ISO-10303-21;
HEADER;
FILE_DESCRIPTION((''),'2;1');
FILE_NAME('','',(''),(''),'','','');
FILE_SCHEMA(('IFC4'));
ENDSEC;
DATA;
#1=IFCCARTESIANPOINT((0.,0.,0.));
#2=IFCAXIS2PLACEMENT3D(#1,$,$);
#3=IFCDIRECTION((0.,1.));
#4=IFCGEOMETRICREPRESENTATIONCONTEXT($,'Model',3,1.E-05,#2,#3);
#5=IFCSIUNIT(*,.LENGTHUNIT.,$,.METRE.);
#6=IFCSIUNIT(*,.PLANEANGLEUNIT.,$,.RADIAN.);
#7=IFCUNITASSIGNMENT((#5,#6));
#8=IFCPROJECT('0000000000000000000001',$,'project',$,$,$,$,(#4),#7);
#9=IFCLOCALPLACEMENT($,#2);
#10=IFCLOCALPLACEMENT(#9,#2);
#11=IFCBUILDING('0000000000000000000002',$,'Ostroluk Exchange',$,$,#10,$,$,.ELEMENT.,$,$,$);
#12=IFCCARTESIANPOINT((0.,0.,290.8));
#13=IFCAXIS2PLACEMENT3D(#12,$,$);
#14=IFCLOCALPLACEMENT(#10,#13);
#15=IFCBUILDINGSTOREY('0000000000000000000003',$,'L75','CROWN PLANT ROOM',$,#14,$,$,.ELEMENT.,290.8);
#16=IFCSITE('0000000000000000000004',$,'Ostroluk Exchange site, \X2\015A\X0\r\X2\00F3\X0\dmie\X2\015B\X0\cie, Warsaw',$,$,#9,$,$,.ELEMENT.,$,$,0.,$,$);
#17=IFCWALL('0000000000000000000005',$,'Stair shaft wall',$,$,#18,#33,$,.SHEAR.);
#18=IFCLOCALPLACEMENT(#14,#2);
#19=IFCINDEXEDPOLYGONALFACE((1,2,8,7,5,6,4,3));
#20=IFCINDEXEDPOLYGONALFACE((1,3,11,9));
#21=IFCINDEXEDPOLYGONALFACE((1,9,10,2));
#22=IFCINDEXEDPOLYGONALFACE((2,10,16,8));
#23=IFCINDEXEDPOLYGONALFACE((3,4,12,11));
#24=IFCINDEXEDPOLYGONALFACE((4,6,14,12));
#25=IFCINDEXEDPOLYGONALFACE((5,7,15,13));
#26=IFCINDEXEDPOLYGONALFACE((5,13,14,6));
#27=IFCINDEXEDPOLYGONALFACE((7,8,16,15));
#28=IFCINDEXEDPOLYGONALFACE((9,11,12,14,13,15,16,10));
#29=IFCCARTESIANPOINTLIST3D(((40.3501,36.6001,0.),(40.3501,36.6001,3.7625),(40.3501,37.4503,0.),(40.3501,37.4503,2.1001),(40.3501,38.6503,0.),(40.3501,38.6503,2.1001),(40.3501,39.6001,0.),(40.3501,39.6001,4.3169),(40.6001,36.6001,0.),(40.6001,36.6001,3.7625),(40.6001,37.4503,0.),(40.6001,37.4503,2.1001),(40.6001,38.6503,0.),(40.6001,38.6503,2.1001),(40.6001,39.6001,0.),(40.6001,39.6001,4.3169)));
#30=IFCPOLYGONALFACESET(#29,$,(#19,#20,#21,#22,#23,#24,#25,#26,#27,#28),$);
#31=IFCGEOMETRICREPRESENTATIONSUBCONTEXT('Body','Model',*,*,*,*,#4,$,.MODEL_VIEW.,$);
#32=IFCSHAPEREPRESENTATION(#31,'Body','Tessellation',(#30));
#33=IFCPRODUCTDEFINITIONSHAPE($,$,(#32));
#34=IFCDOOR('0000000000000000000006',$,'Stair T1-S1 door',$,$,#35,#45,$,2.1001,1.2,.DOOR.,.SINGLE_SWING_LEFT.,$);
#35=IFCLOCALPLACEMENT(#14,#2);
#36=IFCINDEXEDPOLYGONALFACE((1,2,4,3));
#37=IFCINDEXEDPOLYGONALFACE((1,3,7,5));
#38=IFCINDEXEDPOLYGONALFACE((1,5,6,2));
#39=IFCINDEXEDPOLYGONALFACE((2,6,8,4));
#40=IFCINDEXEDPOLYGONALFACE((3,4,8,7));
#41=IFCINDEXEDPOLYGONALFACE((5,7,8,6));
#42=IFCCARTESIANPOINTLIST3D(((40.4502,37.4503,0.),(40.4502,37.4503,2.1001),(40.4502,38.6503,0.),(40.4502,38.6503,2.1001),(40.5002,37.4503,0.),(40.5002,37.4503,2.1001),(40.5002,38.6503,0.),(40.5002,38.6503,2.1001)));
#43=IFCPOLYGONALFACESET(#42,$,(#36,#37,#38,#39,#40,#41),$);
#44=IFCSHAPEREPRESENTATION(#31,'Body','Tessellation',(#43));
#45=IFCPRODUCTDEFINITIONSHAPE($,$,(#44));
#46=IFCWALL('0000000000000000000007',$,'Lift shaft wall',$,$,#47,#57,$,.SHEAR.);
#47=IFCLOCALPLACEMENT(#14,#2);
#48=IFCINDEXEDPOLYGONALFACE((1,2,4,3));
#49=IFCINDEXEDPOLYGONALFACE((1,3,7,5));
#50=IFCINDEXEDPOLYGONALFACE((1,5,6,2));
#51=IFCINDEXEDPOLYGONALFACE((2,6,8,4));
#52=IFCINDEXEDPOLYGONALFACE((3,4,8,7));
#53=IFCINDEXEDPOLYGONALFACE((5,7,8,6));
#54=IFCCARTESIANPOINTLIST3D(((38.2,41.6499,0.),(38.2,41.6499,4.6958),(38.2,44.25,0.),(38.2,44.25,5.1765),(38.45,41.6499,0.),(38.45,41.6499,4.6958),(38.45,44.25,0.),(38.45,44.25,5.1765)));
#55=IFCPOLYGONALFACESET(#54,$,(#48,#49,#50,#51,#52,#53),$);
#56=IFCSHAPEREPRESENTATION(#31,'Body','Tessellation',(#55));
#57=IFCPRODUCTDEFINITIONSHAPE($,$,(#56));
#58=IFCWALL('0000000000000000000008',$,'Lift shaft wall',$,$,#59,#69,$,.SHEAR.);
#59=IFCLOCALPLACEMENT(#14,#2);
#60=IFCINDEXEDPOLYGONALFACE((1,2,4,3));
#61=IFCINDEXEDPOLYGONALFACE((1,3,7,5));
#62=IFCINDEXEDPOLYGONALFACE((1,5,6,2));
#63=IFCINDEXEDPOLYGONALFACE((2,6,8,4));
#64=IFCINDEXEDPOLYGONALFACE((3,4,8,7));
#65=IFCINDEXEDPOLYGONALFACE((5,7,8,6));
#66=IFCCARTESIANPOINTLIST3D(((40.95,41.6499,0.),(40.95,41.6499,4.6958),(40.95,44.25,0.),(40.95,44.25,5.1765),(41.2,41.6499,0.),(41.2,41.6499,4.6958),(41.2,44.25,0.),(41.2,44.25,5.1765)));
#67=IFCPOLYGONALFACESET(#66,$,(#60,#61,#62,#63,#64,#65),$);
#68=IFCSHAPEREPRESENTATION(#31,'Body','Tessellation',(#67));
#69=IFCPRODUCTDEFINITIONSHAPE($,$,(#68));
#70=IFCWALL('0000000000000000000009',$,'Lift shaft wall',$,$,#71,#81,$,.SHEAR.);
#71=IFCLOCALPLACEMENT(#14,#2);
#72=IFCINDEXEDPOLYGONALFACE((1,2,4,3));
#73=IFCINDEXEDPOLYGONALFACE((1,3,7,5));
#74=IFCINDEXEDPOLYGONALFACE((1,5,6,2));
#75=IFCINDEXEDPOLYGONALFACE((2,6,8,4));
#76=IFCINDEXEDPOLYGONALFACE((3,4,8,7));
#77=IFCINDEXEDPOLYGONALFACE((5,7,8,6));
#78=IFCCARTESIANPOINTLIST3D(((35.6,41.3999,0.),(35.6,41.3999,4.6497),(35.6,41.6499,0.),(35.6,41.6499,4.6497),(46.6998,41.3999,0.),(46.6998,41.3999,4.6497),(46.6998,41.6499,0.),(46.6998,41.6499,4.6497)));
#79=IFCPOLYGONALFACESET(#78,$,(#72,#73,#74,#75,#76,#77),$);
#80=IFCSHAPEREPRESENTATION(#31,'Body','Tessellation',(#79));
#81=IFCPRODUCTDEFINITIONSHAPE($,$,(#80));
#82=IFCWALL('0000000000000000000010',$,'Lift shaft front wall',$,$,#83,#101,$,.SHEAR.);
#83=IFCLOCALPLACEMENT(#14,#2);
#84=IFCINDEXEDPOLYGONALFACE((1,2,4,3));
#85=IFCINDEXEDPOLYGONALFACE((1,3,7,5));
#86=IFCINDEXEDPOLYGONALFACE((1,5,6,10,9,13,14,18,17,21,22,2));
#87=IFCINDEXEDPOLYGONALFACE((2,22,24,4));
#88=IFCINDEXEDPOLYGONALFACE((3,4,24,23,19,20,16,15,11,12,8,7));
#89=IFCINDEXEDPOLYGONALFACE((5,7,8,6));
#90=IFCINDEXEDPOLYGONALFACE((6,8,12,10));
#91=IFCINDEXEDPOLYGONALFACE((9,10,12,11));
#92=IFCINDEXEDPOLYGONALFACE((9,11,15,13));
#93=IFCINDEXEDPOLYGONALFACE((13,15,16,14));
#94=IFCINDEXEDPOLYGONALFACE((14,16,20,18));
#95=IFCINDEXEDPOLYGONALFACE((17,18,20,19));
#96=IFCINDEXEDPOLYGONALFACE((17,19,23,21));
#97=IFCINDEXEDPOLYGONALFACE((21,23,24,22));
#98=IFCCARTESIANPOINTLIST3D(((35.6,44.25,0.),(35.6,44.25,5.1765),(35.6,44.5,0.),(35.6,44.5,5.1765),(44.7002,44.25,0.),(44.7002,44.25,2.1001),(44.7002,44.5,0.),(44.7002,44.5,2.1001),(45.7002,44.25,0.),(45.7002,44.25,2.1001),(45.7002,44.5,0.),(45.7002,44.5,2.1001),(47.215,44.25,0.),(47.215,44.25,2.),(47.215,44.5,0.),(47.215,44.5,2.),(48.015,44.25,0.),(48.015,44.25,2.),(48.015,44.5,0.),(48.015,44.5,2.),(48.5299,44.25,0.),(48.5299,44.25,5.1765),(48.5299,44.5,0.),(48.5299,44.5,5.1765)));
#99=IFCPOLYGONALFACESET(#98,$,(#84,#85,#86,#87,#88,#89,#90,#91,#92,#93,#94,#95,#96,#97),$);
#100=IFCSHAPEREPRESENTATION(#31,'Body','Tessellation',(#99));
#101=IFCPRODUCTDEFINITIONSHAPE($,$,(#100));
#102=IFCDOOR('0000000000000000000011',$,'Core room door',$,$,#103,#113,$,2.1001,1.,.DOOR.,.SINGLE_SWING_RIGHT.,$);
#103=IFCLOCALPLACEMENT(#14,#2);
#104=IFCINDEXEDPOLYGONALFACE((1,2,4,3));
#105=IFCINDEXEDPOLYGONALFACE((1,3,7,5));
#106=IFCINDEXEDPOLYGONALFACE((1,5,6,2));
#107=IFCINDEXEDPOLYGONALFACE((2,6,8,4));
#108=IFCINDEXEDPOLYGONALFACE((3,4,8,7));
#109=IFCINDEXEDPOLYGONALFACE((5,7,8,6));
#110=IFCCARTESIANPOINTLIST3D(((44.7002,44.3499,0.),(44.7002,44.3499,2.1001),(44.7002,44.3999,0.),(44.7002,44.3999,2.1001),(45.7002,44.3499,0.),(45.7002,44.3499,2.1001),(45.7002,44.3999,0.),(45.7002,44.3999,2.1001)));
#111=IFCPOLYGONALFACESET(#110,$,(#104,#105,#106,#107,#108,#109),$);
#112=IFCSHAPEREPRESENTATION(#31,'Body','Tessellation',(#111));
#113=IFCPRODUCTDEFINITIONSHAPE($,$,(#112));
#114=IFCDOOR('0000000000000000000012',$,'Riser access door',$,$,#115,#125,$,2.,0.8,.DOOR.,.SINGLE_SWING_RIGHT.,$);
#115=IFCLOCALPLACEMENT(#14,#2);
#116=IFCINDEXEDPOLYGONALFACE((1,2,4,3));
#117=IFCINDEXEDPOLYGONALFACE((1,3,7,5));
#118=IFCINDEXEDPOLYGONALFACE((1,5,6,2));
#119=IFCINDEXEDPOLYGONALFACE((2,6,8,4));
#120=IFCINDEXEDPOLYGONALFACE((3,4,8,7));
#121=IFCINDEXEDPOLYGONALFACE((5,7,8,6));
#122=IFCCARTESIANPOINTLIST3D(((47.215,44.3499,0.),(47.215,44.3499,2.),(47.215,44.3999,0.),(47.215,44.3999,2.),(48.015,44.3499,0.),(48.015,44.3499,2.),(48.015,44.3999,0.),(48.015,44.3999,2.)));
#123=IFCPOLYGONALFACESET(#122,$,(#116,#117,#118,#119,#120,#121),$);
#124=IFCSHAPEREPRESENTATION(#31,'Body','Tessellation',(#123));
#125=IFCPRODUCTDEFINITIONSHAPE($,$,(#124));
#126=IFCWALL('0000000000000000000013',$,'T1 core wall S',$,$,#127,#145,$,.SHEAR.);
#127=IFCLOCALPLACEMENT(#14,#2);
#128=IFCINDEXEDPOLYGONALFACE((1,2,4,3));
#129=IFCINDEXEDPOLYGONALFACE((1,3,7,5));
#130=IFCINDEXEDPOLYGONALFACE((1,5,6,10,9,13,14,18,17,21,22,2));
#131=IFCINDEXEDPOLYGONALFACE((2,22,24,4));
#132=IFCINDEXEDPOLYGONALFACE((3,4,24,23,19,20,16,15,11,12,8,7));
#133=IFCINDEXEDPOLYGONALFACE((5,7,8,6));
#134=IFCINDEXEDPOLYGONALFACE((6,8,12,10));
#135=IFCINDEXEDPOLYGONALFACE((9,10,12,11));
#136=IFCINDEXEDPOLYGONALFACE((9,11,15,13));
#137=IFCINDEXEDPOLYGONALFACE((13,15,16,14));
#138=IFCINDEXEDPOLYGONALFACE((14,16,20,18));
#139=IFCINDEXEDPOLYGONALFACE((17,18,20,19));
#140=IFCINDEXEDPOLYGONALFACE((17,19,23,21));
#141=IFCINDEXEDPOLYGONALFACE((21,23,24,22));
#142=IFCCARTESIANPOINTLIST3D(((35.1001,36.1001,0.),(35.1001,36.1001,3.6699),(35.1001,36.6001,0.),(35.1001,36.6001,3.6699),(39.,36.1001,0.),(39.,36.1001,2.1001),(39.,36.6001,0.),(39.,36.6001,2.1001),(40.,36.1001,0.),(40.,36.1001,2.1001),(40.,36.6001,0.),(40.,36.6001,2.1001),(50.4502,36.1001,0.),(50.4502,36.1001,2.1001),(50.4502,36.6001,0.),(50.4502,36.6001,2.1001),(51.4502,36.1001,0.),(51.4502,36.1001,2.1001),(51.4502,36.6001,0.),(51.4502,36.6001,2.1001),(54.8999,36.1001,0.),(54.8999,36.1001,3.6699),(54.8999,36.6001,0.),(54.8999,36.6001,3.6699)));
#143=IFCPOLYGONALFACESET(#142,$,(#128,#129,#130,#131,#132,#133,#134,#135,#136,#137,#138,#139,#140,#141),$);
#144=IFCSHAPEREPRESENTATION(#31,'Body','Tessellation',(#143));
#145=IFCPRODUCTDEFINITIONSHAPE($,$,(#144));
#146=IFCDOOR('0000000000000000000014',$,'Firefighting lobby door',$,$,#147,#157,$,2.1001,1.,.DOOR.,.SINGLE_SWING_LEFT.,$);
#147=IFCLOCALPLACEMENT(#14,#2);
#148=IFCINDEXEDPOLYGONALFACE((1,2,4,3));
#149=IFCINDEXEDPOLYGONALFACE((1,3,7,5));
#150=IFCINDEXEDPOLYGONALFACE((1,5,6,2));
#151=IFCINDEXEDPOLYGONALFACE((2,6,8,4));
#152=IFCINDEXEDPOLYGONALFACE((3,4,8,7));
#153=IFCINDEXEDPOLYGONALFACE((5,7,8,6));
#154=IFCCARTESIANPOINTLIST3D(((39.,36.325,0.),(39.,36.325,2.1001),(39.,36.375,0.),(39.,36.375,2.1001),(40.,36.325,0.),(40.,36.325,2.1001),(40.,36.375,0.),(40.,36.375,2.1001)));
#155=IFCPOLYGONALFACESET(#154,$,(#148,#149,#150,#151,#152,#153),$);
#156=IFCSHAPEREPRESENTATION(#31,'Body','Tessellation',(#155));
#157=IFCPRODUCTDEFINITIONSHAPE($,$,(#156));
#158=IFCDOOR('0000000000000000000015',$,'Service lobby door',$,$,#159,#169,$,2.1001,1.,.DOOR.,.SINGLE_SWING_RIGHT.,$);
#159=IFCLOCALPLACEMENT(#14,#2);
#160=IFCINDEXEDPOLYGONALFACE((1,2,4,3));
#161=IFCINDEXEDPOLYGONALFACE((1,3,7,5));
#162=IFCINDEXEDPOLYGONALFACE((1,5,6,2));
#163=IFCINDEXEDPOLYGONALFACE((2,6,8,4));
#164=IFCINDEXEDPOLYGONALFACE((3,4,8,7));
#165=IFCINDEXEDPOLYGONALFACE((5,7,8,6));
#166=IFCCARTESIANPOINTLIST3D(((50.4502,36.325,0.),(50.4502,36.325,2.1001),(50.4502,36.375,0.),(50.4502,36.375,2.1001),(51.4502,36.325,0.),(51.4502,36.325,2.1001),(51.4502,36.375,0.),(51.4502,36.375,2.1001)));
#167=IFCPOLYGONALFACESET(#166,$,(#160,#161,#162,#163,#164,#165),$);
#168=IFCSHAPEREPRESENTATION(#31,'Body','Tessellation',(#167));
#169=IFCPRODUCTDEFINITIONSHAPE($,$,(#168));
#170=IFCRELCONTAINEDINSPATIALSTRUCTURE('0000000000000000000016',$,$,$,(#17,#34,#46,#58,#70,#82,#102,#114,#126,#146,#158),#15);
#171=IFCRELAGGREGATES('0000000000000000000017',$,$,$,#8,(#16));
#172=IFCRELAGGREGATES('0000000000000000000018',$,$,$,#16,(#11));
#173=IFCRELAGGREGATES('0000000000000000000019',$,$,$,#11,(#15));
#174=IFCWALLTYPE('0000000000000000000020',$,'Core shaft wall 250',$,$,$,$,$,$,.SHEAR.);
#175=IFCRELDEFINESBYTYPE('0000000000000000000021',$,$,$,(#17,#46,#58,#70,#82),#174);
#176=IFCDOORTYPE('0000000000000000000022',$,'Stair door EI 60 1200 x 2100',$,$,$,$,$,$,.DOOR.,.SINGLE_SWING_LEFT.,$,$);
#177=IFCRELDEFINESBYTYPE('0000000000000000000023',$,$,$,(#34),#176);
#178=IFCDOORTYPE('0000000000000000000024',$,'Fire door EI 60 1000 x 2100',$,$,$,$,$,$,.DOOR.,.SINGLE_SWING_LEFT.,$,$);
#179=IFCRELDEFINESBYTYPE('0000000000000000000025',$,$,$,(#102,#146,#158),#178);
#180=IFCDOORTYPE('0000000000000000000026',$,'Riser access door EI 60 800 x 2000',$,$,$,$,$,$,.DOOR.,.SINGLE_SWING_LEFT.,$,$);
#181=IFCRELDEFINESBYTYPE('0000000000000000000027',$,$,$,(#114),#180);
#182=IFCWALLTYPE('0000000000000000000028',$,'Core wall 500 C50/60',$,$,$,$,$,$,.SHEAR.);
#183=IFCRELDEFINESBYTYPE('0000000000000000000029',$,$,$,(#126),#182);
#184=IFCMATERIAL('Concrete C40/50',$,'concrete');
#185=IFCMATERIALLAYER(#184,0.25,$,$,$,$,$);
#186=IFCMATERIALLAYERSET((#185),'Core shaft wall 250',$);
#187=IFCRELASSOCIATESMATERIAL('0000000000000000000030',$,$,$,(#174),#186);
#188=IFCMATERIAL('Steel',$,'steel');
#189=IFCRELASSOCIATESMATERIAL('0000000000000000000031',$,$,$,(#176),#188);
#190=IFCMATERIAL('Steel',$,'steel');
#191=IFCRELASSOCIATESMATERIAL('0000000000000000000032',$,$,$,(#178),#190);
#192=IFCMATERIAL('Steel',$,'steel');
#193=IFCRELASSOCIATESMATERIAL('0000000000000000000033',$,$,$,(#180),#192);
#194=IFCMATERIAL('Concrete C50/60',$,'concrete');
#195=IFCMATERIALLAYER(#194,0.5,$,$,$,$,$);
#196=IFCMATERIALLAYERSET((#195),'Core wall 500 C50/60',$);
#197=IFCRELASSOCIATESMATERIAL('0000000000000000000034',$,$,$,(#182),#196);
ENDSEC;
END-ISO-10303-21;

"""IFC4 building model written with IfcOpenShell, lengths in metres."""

from ifc_helpers import new_model, si_unit, direction, frame, frame_2d, origin, place, context, subcontext, project, spatial, polyline, rectangle, outline, extrude, material, layer, layer_set, type_object, element, fill, save


model = new_model("IFC4")

# Units and contexts
model_context = context("Model", 3, precision=1e-05, world=origin(), true_north=direction((0.0, 1.0)))
body_context = subcontext(model_context, "Body", "Model", "MODEL_VIEW")
ifc_project = project(units=[si_unit("LENGTHUNIT", "METRE"), si_unit("PLANEANGLEUNIT", "RADIAN")], contexts=[model_context])

# Site, building, storey
site_placement = place(None, origin())
site = spatial("IfcSite", under=ifc_project, at=site_placement, Name="Ostroluk Exchange site, Śródmieście, Warsaw", CompositionType="ELEMENT", RefElevation=0.0)
building_placement = place(site_placement, origin())
building = spatial("IfcBuilding", under=site, at=building_placement, Name="Ostroluk Exchange", CompositionType="ELEMENT")
storey_placement = place(building_placement, frame((0.0, 0.0, 290.8)))
storey = spatial("IfcBuildingStorey", under=building, at=storey_placement, Name="L75", Description="CROWN PLANT ROOM", CompositionType="ELEMENT", Elevation=290.8)

# Shared definitions
ifc_material_1 = material(Name="Concrete C40/50", Category="concrete")
ifc_layer_1 = layer(ifc_material_1, 0.25)
ifc_layer_set_1 = layer_set([ifc_layer_1], Name="Core shaft wall 250")
wall_type_1 = type_object("IfcWallType", Name="Core shaft wall 250", PredefinedType="SHEAR", material=ifc_layer_set_1)

# Wall, opening, door
wall_1_placement = place(storey_placement, frame((40.4751, 36.6001, 0.0), z_axis=(0.0, 0.0, 1.0), x_axis=(0.0, 1.0, 0.0)))
wall_1 = element("IfcWall", 1, at=wall_1_placement, inside=storey, type_object=wall_type_1, Name="Stair shaft wall", PredefinedType="SHEAR", context=body_context, shape_type="SweptSolid", body=[
    extrude(outline(polyline([(0.0, 0.0), (3.0, 0.0), (3.0, 4.3169), (0.0, 3.7625), (0.0, 0.0)])), frame((0.0, 0.125, 0.0), z_axis=(0.0, -1.0, 0.0), x_axis=(1.0, 0.0, 0.0)), (0.0, 0.0, 1.0), 0.25),
])
opening_1_placement = place(wall_1_placement, frame((0.8501, 0.0, 0.0)))
opening_1 = element("IfcOpeningElement", 2, at=opening_1_placement, cuts=wall_1, PredefinedType="OPENING", context=body_context, shape_type="SweptSolid", body=[
    extrude(rectangle(XDim=1.2, YDim=2.1001, at=frame_2d((0.6001, 1.05))), frame((0.0, 0.135, 0.0), z_axis=(0.0, -1.0, 0.0), x_axis=(1.0, 0.0, 0.0)), (0.0, 0.0, 1.0), 0.27),
])
ifc_material_2 = material(Name="Steel", Category="steel")
door_type_1 = type_object("IfcDoorType", Name="Stair door EI 60 1200 x 2100", OperationType="SINGLE_SWING_LEFT", PredefinedType="DOOR", material=ifc_material_2)
door_1_placement = place(opening_1_placement, origin())
door_1 = element("IfcDoor", 3, at=door_1_placement, inside=storey, type_object=door_type_1, Name="Stair T1-S1 door", OperationType="SINGLE_SWING_LEFT", OverallHeight=2.1001, OverallWidth=1.2, PredefinedType="DOOR", context=body_context, shape_type="SweptSolid", body=[
    extrude(rectangle(XDim=1.2, YDim=2.1001, at=frame_2d((0.6001, 1.05))), frame((0.0, 0.0249, 0.0), z_axis=(0.0, -1.0, 0.0), x_axis=(1.0, 0.0, 0.0)), (0.0, 0.0, 1.0), 0.05),
])
fill(opening_1, door_1)

# Walls
for number, where, z_axis, x_axis, name in (
    (4, (38.325, 44.25, 0.0), (0.0, 0.0, 1.0), (0.0, -1.0, 0.0), "Lift shaft wall"),
    (5, (41.075, 44.25, 0.0), (0.0, 0.0, 1.0), (0.0, -1.0, 0.0), "Lift shaft wall"),
):
    element("IfcWall", number, at=place(storey_placement, frame(where, z_axis=z_axis, x_axis=x_axis)), inside=storey, type_object=wall_type_1, Name=name, PredefinedType="SHEAR", context=body_context, shape_type="SweptSolid", body=[
        extrude(outline(polyline([(0.0, 0.0), (2.6001, 0.0), (2.6001, 4.6958), (0.0, 5.1765), (0.0, 0.0)])), frame((0.0, 0.125, 0.0), z_axis=(0.0, -1.0, 0.0), x_axis=(1.0, 0.0, 0.0)), (0.0, 0.0, 1.0), 0.25),
    ])
wall_2_placement = place(storey_placement, frame((35.6001, 41.5249, 0.0), z_axis=(0.0, 0.0, 1.0), x_axis=(1.0, 0.0, 0.0)))
element("IfcWall", 6, at=wall_2_placement, inside=storey, type_object=wall_type_1, Name="Lift shaft wall", PredefinedType="SHEAR", context=body_context, shape_type="SweptSolid", body=[
    extrude(rectangle(XDim=11.0999, YDim=0.25, at=frame_2d((5.5498, 0.0))), origin(), (0.0, 0.0, 1.0), 4.6497),
])

# Walls, openings, doors
wall_3_placement = place(storey_placement, frame((35.6001, 44.375, 0.0), z_axis=(0.0, 0.0, 1.0), x_axis=(1.0, 0.0, 0.0)))
wall_3 = element("IfcWall", 7, at=wall_3_placement, inside=storey, type_object=wall_type_1, Name="Lift shaft front wall", PredefinedType="SHEAR", context=body_context, shape_type="SweptSolid", body=[
    extrude(rectangle(XDim=12.9299, YDim=0.25, at=frame_2d((6.4648, 0.0))), origin(), (0.0, 0.0, 1.0), 5.1765),
])
opening_2_placement = place(wall_3_placement, frame((9.1001, 0.0, 0.0)))
opening_2 = element("IfcOpeningElement", 8, at=opening_2_placement, cuts=wall_3, PredefinedType="OPENING", context=body_context, shape_type="SweptSolid", body=[
    extrude(rectangle(XDim=1.0, YDim=2.1001, at=frame_2d((0.5, 1.05))), frame((0.0, 0.135, 0.0), z_axis=(0.0, -1.0, 0.0), x_axis=(1.0, 0.0, 0.0)), (0.0, 0.0, 1.0), 0.27),
])
opening_3_placement = place(wall_3_placement, frame((11.615, 0.0, 0.0)))
opening_3 = element("IfcOpeningElement", 9, at=opening_3_placement, cuts=wall_3, PredefinedType="OPENING", context=body_context, shape_type="SweptSolid", body=[
    extrude(rectangle(XDim=0.8, YDim=2.0, at=frame_2d((0.3999, 1.0))), frame((0.0, 0.135, 0.0), z_axis=(0.0, -1.0, 0.0), x_axis=(1.0, 0.0, 0.0)), (0.0, 0.0, 1.0), 0.27),
])
ifc_material_3 = material(Name="Steel", Category="steel")
door_type_2 = type_object("IfcDoorType", Name="Fire door EI 60 1000 x 2100", OperationType="SINGLE_SWING_LEFT", PredefinedType="DOOR", material=ifc_material_3)
door_2_placement = place(opening_2_placement, origin())
door_2 = element("IfcDoor", 10, at=door_2_placement, inside=storey, type_object=door_type_2, Name="Core room door", OperationType="SINGLE_SWING_RIGHT", OverallHeight=2.1001, OverallWidth=1.0, PredefinedType="DOOR", context=body_context, shape_type="SweptSolid", body=[
    extrude(rectangle(XDim=1.0, YDim=2.1001, at=frame_2d((0.5, 1.05))), frame((0.0, 0.0249, 0.0), z_axis=(0.0, -1.0, 0.0), x_axis=(1.0, 0.0, 0.0)), (0.0, 0.0, 1.0), 0.05),
])
fill(opening_2, door_2)
ifc_material_4 = material(Name="Steel", Category="steel")
door_type_3 = type_object("IfcDoorType", Name="Riser access door EI 60 800 x 2000", OperationType="SINGLE_SWING_LEFT", PredefinedType="DOOR", material=ifc_material_4)
door_3_placement = place(opening_3_placement, origin())
door_3 = element("IfcDoor", 11, at=door_3_placement, inside=storey, type_object=door_type_3, Name="Riser access door", OperationType="SINGLE_SWING_RIGHT", OverallHeight=2.0, OverallWidth=0.8, PredefinedType="DOOR", context=body_context, shape_type="SweptSolid", body=[
    extrude(rectangle(XDim=0.8, YDim=2.0, at=frame_2d((0.3999, 1.0))), frame((0.0, 0.0249, 0.0), z_axis=(0.0, -1.0, 0.0), x_axis=(1.0, 0.0, 0.0)), (0.0, 0.0, 1.0), 0.05),
])
fill(opening_3, door_3)
ifc_material_5 = material(Name="Concrete C50/60", Category="concrete")
ifc_layer_2 = layer(ifc_material_5, 0.5)
ifc_layer_set_2 = layer_set([ifc_layer_2], Name="Core wall 500 C50/60")
wall_type_2 = type_object("IfcWallType", Name="Core wall 500 C50/60", PredefinedType="SHEAR", material=ifc_layer_set_2)
wall_4_placement = place(storey_placement, frame((35.1001, 36.3501, 0.0), z_axis=(0.0, 0.0, 1.0), x_axis=(1.0, 0.0, 0.0)))
wall_4 = element("IfcWall", 12, at=wall_4_placement, inside=storey, type_object=wall_type_2, Name="T1 core wall S", PredefinedType="SHEAR", context=body_context, shape_type="SweptSolid", body=[
    extrude(rectangle(XDim=19.7998, YDim=0.5, at=frame_2d((9.8999, 0.0))), origin(), (0.0, 0.0, 1.0), 3.6699),
])
opening_4_placement = place(wall_4_placement, frame((3.8999, 0.0, 0.0)))
opening_4 = element("IfcOpeningElement", 13, at=opening_4_placement, cuts=wall_4, PredefinedType="OPENING", context=body_context, shape_type="SweptSolid", body=[
    extrude(rectangle(XDim=1.0, YDim=2.1001, at=frame_2d((0.5, 1.05))), frame((0.0, 0.26, 0.0), z_axis=(0.0, -1.0, 0.0), x_axis=(1.0, 0.0, 0.0)), (0.0, 0.0, 1.0), 0.52),
])
opening_5_placement = place(wall_4_placement, frame((15.3501, 0.0, 0.0)))
opening_5 = element("IfcOpeningElement", 14, at=opening_5_placement, cuts=wall_4, PredefinedType="OPENING", context=body_context, shape_type="SweptSolid", body=[
    extrude(rectangle(XDim=1.0, YDim=2.1001, at=frame_2d((0.5, 1.05))), frame((0.0, 0.26, 0.0), z_axis=(0.0, -1.0, 0.0), x_axis=(1.0, 0.0, 0.0)), (0.0, 0.0, 1.0), 0.52),
])
door_4_placement = place(opening_4_placement, origin())
door_4 = element("IfcDoor", 15, at=door_4_placement, inside=storey, type_object=door_type_2, Name="Firefighting lobby door", OperationType="SINGLE_SWING_LEFT", OverallHeight=2.1001, OverallWidth=1.0, PredefinedType="DOOR", context=body_context, shape_type="SweptSolid", body=[
    extrude(rectangle(XDim=1.0, YDim=2.1001, at=frame_2d((0.5, 1.05))), frame((0.0, 0.0249, 0.0), z_axis=(0.0, -1.0, 0.0), x_axis=(1.0, 0.0, 0.0)), (0.0, 0.0, 1.0), 0.05),
])
fill(opening_4, door_4)
door_5_placement = place(opening_5_placement, origin())
door_5 = element("IfcDoor", 16, at=door_5_placement, inside=storey, type_object=door_type_2, Name="Service lobby door", OperationType="SINGLE_SWING_RIGHT", OverallHeight=2.1001, OverallWidth=1.0, PredefinedType="DOOR", context=body_context, shape_type="SweptSolid", body=[
    extrude(rectangle(XDim=1.0, YDim=2.1001, at=frame_2d((0.5, 1.05))), frame((0.0, 0.0249, 0.0), z_axis=(0.0, -1.0, 0.0), x_axis=(1.0, 0.0, 0.0)), (0.0, 0.0, 1.0), 0.05),
])
fill(opening_5, door_5)

save(model, "model.ifc")
